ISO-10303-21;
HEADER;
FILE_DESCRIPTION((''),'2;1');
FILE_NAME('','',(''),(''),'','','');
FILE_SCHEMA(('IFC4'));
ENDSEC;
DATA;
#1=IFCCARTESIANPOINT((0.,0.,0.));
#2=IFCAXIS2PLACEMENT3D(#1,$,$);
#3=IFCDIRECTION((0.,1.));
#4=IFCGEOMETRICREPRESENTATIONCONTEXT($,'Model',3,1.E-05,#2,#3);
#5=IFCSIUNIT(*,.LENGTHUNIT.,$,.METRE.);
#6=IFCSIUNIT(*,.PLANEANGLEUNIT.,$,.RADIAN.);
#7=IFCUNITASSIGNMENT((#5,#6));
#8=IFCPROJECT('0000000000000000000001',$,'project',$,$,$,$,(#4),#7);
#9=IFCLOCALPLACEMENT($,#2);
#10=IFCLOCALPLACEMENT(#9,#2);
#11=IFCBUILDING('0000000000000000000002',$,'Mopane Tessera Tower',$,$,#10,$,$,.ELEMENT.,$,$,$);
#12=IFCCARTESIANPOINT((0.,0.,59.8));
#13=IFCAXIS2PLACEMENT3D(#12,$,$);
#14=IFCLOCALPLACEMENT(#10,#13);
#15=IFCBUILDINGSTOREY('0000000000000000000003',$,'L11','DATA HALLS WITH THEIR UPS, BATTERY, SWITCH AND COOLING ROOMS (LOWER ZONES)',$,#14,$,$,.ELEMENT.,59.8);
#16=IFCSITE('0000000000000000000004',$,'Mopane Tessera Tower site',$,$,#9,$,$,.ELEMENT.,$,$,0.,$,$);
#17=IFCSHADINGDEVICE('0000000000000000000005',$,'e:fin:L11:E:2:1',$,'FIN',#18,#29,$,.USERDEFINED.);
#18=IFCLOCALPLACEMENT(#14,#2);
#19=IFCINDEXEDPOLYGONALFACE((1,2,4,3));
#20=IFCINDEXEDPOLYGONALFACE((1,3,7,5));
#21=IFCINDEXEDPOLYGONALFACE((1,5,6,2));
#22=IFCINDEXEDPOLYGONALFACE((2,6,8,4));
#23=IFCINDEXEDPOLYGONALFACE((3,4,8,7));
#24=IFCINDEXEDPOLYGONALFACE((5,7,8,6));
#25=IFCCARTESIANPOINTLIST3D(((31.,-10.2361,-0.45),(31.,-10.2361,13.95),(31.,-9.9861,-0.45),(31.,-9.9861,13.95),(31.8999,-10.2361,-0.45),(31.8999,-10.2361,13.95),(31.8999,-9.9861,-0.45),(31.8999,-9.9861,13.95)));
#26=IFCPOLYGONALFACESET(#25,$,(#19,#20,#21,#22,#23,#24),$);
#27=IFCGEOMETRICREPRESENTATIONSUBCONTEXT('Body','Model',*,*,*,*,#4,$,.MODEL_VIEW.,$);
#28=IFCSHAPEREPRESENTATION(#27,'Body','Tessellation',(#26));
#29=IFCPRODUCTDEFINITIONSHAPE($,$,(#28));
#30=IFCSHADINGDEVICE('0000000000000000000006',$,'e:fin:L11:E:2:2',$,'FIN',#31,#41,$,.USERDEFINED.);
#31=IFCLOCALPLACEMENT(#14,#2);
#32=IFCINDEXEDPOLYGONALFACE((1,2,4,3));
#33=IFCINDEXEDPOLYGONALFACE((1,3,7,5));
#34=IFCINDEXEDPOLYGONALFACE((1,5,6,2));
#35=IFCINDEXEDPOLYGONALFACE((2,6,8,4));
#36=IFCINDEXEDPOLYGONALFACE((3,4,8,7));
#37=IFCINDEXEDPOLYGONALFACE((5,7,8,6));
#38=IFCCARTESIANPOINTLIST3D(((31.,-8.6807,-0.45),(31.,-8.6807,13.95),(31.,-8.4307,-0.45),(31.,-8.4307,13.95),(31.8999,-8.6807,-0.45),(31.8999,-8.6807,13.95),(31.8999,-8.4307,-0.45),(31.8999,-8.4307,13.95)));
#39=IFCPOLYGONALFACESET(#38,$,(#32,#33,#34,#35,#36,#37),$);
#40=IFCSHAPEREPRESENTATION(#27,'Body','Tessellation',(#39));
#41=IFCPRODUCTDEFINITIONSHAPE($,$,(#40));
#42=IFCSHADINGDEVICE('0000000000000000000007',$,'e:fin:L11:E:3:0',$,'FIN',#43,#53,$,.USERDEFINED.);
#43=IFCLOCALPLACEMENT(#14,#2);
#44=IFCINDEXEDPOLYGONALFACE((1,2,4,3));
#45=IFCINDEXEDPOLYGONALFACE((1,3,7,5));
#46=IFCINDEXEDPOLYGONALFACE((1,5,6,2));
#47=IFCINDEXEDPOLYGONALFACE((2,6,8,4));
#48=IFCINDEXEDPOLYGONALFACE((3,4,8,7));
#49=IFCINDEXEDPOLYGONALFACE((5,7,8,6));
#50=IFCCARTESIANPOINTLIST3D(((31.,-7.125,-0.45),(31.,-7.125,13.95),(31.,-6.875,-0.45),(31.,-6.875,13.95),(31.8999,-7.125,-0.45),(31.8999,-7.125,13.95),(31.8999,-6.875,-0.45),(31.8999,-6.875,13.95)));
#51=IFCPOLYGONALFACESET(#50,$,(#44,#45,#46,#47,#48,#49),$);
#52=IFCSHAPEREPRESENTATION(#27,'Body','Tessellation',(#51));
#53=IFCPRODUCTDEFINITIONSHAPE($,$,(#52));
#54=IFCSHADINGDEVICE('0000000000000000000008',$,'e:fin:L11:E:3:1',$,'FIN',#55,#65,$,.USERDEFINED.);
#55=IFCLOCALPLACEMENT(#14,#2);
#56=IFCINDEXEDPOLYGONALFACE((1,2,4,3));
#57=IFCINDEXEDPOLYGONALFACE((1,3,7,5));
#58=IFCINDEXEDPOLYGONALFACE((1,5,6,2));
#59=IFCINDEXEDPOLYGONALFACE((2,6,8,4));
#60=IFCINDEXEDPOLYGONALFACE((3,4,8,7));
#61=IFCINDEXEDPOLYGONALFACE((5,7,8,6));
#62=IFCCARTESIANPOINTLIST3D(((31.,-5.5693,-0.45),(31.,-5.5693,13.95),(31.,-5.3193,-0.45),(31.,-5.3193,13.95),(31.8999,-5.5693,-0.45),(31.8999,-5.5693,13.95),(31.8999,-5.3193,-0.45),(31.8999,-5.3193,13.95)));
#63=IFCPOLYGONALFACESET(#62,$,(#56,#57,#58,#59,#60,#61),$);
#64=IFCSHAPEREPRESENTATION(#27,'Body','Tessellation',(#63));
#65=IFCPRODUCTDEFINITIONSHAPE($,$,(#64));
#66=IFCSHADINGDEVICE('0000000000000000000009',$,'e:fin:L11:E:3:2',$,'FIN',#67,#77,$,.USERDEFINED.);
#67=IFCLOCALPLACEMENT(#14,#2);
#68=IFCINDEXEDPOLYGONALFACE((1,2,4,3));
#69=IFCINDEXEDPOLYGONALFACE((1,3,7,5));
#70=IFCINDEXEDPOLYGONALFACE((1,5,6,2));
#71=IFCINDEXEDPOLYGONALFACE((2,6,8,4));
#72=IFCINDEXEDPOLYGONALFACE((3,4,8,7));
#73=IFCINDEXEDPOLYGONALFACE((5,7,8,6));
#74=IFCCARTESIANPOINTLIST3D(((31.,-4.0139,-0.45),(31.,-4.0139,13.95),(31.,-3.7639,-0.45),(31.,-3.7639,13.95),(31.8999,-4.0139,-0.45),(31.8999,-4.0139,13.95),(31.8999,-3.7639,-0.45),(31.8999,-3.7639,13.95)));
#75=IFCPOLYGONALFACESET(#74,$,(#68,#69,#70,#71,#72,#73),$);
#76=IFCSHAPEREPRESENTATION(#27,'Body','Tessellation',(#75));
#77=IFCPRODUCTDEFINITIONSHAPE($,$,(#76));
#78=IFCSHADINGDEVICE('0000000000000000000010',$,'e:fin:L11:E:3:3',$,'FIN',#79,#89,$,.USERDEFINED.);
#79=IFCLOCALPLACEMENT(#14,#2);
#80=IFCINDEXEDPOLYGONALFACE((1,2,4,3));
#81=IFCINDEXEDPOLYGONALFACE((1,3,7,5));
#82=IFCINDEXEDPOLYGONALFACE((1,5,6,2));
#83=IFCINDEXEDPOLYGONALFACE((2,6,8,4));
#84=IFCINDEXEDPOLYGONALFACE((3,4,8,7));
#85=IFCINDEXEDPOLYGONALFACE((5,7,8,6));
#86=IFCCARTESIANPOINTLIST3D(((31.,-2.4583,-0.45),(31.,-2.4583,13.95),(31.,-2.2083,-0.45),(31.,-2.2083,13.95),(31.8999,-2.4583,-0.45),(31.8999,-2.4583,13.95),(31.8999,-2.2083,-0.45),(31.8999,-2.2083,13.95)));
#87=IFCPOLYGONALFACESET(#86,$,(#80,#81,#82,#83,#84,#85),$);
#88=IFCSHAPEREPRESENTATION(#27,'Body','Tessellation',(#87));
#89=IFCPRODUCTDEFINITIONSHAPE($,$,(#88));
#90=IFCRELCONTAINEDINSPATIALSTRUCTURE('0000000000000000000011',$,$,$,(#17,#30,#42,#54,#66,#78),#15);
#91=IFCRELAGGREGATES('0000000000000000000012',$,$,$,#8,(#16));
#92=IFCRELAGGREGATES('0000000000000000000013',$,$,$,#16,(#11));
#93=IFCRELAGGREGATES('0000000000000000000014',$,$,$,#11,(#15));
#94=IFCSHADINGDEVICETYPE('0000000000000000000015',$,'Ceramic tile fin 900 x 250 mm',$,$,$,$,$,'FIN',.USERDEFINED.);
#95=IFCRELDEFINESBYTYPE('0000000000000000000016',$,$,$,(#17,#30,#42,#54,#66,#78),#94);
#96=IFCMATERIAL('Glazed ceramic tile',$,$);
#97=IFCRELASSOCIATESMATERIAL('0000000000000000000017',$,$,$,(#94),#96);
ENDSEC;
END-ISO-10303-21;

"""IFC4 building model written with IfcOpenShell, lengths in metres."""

from ifc_helpers import new_model, si_unit, direction, frame, origin, origin_2d, place, context, subcontext, project, spatial, rectangle, extrude, material, type_object, element, save


model = new_model("IFC4")

# Units and contexts
model_context = context("Model", 3, precision=1e-05, world=origin(), true_north=direction((0.0, 1.0)))
body_context = subcontext(model_context, "Body", "Model", "MODEL_VIEW")
ifc_project = project(units=[si_unit("LENGTHUNIT", "METRE"), si_unit("PLANEANGLEUNIT", "RADIAN")], contexts=[model_context])

# Site, building, storey
site_placement = place(None, origin())
site = spatial("IfcSite", under=ifc_project, at=site_placement, Name="Mopane Tessera Tower site", CompositionType="ELEMENT", RefElevation=0.0)
building_placement = place(site_placement, origin())
building = spatial("IfcBuilding", under=site, at=building_placement, Name="Mopane Tessera Tower", CompositionType="ELEMENT")
storey_placement = place(building_placement, frame((0.0, 0.0, 59.8)))
storey = spatial("IfcBuildingStorey", under=building, at=storey_placement, Name="L11", Description="DATA HALLS WITH THEIR UPS, BATTERY, SWITCH AND COOLING ROOMS (LOWER ZONES)", CompositionType="ELEMENT", Elevation=59.8)

# Shading devices
ifc_material_1 = material(Name="Glazed ceramic tile")
shading_device_type = type_object("IfcShadingDeviceType", Name="Ceramic tile fin 900 x 250 mm", ElementType="FIN", PredefinedType="USERDEFINED", material=ifc_material_1)
for number, where, z_axis, x_axis, name in (
    (1, (31.45, -10.1111, -0.45), (0.0, 0.0, 1.0), (0.0, 1.0, 0.0), "e:fin:L11:E:2:1"),
    (2, (31.45, -8.5557, -0.45), (0.0, 0.0, 1.0), (0.0, 1.0, 0.0), "e:fin:L11:E:2:2"),
    (3, (31.45, -7.0, -0.45), (0.0, 0.0, 1.0), (0.0, 1.0, 0.0), "e:fin:L11:E:3:0"),
    (4, (31.45, -5.4443, -0.45), (0.0, 0.0, 1.0), (0.0, 1.0, 0.0), "e:fin:L11:E:3:1"),
    (5, (31.45, -3.8889, -0.45), (0.0, 0.0, 1.0), (0.0, 1.0, 0.0), "e:fin:L11:E:3:2"),
    (6, (31.45, -2.3333, -0.45), (0.0, 0.0, 1.0), (0.0, 1.0, 0.0), "e:fin:L11:E:3:3"),
):
    element("IfcShadingDevice", number, at=place(storey_placement, frame(where, z_axis=z_axis, x_axis=x_axis)), inside=storey, type_object=shading_device_type, Name=name, ObjectType="FIN", PredefinedType="USERDEFINED", context=body_context, shape_type="SweptSolid", body=[
        extrude(rectangle(XDim=0.25, YDim=0.8999, at=origin_2d()), origin(), (0.0, 0.0, 1.0), 14.3999),
    ])

save(model, "model.ifc")
